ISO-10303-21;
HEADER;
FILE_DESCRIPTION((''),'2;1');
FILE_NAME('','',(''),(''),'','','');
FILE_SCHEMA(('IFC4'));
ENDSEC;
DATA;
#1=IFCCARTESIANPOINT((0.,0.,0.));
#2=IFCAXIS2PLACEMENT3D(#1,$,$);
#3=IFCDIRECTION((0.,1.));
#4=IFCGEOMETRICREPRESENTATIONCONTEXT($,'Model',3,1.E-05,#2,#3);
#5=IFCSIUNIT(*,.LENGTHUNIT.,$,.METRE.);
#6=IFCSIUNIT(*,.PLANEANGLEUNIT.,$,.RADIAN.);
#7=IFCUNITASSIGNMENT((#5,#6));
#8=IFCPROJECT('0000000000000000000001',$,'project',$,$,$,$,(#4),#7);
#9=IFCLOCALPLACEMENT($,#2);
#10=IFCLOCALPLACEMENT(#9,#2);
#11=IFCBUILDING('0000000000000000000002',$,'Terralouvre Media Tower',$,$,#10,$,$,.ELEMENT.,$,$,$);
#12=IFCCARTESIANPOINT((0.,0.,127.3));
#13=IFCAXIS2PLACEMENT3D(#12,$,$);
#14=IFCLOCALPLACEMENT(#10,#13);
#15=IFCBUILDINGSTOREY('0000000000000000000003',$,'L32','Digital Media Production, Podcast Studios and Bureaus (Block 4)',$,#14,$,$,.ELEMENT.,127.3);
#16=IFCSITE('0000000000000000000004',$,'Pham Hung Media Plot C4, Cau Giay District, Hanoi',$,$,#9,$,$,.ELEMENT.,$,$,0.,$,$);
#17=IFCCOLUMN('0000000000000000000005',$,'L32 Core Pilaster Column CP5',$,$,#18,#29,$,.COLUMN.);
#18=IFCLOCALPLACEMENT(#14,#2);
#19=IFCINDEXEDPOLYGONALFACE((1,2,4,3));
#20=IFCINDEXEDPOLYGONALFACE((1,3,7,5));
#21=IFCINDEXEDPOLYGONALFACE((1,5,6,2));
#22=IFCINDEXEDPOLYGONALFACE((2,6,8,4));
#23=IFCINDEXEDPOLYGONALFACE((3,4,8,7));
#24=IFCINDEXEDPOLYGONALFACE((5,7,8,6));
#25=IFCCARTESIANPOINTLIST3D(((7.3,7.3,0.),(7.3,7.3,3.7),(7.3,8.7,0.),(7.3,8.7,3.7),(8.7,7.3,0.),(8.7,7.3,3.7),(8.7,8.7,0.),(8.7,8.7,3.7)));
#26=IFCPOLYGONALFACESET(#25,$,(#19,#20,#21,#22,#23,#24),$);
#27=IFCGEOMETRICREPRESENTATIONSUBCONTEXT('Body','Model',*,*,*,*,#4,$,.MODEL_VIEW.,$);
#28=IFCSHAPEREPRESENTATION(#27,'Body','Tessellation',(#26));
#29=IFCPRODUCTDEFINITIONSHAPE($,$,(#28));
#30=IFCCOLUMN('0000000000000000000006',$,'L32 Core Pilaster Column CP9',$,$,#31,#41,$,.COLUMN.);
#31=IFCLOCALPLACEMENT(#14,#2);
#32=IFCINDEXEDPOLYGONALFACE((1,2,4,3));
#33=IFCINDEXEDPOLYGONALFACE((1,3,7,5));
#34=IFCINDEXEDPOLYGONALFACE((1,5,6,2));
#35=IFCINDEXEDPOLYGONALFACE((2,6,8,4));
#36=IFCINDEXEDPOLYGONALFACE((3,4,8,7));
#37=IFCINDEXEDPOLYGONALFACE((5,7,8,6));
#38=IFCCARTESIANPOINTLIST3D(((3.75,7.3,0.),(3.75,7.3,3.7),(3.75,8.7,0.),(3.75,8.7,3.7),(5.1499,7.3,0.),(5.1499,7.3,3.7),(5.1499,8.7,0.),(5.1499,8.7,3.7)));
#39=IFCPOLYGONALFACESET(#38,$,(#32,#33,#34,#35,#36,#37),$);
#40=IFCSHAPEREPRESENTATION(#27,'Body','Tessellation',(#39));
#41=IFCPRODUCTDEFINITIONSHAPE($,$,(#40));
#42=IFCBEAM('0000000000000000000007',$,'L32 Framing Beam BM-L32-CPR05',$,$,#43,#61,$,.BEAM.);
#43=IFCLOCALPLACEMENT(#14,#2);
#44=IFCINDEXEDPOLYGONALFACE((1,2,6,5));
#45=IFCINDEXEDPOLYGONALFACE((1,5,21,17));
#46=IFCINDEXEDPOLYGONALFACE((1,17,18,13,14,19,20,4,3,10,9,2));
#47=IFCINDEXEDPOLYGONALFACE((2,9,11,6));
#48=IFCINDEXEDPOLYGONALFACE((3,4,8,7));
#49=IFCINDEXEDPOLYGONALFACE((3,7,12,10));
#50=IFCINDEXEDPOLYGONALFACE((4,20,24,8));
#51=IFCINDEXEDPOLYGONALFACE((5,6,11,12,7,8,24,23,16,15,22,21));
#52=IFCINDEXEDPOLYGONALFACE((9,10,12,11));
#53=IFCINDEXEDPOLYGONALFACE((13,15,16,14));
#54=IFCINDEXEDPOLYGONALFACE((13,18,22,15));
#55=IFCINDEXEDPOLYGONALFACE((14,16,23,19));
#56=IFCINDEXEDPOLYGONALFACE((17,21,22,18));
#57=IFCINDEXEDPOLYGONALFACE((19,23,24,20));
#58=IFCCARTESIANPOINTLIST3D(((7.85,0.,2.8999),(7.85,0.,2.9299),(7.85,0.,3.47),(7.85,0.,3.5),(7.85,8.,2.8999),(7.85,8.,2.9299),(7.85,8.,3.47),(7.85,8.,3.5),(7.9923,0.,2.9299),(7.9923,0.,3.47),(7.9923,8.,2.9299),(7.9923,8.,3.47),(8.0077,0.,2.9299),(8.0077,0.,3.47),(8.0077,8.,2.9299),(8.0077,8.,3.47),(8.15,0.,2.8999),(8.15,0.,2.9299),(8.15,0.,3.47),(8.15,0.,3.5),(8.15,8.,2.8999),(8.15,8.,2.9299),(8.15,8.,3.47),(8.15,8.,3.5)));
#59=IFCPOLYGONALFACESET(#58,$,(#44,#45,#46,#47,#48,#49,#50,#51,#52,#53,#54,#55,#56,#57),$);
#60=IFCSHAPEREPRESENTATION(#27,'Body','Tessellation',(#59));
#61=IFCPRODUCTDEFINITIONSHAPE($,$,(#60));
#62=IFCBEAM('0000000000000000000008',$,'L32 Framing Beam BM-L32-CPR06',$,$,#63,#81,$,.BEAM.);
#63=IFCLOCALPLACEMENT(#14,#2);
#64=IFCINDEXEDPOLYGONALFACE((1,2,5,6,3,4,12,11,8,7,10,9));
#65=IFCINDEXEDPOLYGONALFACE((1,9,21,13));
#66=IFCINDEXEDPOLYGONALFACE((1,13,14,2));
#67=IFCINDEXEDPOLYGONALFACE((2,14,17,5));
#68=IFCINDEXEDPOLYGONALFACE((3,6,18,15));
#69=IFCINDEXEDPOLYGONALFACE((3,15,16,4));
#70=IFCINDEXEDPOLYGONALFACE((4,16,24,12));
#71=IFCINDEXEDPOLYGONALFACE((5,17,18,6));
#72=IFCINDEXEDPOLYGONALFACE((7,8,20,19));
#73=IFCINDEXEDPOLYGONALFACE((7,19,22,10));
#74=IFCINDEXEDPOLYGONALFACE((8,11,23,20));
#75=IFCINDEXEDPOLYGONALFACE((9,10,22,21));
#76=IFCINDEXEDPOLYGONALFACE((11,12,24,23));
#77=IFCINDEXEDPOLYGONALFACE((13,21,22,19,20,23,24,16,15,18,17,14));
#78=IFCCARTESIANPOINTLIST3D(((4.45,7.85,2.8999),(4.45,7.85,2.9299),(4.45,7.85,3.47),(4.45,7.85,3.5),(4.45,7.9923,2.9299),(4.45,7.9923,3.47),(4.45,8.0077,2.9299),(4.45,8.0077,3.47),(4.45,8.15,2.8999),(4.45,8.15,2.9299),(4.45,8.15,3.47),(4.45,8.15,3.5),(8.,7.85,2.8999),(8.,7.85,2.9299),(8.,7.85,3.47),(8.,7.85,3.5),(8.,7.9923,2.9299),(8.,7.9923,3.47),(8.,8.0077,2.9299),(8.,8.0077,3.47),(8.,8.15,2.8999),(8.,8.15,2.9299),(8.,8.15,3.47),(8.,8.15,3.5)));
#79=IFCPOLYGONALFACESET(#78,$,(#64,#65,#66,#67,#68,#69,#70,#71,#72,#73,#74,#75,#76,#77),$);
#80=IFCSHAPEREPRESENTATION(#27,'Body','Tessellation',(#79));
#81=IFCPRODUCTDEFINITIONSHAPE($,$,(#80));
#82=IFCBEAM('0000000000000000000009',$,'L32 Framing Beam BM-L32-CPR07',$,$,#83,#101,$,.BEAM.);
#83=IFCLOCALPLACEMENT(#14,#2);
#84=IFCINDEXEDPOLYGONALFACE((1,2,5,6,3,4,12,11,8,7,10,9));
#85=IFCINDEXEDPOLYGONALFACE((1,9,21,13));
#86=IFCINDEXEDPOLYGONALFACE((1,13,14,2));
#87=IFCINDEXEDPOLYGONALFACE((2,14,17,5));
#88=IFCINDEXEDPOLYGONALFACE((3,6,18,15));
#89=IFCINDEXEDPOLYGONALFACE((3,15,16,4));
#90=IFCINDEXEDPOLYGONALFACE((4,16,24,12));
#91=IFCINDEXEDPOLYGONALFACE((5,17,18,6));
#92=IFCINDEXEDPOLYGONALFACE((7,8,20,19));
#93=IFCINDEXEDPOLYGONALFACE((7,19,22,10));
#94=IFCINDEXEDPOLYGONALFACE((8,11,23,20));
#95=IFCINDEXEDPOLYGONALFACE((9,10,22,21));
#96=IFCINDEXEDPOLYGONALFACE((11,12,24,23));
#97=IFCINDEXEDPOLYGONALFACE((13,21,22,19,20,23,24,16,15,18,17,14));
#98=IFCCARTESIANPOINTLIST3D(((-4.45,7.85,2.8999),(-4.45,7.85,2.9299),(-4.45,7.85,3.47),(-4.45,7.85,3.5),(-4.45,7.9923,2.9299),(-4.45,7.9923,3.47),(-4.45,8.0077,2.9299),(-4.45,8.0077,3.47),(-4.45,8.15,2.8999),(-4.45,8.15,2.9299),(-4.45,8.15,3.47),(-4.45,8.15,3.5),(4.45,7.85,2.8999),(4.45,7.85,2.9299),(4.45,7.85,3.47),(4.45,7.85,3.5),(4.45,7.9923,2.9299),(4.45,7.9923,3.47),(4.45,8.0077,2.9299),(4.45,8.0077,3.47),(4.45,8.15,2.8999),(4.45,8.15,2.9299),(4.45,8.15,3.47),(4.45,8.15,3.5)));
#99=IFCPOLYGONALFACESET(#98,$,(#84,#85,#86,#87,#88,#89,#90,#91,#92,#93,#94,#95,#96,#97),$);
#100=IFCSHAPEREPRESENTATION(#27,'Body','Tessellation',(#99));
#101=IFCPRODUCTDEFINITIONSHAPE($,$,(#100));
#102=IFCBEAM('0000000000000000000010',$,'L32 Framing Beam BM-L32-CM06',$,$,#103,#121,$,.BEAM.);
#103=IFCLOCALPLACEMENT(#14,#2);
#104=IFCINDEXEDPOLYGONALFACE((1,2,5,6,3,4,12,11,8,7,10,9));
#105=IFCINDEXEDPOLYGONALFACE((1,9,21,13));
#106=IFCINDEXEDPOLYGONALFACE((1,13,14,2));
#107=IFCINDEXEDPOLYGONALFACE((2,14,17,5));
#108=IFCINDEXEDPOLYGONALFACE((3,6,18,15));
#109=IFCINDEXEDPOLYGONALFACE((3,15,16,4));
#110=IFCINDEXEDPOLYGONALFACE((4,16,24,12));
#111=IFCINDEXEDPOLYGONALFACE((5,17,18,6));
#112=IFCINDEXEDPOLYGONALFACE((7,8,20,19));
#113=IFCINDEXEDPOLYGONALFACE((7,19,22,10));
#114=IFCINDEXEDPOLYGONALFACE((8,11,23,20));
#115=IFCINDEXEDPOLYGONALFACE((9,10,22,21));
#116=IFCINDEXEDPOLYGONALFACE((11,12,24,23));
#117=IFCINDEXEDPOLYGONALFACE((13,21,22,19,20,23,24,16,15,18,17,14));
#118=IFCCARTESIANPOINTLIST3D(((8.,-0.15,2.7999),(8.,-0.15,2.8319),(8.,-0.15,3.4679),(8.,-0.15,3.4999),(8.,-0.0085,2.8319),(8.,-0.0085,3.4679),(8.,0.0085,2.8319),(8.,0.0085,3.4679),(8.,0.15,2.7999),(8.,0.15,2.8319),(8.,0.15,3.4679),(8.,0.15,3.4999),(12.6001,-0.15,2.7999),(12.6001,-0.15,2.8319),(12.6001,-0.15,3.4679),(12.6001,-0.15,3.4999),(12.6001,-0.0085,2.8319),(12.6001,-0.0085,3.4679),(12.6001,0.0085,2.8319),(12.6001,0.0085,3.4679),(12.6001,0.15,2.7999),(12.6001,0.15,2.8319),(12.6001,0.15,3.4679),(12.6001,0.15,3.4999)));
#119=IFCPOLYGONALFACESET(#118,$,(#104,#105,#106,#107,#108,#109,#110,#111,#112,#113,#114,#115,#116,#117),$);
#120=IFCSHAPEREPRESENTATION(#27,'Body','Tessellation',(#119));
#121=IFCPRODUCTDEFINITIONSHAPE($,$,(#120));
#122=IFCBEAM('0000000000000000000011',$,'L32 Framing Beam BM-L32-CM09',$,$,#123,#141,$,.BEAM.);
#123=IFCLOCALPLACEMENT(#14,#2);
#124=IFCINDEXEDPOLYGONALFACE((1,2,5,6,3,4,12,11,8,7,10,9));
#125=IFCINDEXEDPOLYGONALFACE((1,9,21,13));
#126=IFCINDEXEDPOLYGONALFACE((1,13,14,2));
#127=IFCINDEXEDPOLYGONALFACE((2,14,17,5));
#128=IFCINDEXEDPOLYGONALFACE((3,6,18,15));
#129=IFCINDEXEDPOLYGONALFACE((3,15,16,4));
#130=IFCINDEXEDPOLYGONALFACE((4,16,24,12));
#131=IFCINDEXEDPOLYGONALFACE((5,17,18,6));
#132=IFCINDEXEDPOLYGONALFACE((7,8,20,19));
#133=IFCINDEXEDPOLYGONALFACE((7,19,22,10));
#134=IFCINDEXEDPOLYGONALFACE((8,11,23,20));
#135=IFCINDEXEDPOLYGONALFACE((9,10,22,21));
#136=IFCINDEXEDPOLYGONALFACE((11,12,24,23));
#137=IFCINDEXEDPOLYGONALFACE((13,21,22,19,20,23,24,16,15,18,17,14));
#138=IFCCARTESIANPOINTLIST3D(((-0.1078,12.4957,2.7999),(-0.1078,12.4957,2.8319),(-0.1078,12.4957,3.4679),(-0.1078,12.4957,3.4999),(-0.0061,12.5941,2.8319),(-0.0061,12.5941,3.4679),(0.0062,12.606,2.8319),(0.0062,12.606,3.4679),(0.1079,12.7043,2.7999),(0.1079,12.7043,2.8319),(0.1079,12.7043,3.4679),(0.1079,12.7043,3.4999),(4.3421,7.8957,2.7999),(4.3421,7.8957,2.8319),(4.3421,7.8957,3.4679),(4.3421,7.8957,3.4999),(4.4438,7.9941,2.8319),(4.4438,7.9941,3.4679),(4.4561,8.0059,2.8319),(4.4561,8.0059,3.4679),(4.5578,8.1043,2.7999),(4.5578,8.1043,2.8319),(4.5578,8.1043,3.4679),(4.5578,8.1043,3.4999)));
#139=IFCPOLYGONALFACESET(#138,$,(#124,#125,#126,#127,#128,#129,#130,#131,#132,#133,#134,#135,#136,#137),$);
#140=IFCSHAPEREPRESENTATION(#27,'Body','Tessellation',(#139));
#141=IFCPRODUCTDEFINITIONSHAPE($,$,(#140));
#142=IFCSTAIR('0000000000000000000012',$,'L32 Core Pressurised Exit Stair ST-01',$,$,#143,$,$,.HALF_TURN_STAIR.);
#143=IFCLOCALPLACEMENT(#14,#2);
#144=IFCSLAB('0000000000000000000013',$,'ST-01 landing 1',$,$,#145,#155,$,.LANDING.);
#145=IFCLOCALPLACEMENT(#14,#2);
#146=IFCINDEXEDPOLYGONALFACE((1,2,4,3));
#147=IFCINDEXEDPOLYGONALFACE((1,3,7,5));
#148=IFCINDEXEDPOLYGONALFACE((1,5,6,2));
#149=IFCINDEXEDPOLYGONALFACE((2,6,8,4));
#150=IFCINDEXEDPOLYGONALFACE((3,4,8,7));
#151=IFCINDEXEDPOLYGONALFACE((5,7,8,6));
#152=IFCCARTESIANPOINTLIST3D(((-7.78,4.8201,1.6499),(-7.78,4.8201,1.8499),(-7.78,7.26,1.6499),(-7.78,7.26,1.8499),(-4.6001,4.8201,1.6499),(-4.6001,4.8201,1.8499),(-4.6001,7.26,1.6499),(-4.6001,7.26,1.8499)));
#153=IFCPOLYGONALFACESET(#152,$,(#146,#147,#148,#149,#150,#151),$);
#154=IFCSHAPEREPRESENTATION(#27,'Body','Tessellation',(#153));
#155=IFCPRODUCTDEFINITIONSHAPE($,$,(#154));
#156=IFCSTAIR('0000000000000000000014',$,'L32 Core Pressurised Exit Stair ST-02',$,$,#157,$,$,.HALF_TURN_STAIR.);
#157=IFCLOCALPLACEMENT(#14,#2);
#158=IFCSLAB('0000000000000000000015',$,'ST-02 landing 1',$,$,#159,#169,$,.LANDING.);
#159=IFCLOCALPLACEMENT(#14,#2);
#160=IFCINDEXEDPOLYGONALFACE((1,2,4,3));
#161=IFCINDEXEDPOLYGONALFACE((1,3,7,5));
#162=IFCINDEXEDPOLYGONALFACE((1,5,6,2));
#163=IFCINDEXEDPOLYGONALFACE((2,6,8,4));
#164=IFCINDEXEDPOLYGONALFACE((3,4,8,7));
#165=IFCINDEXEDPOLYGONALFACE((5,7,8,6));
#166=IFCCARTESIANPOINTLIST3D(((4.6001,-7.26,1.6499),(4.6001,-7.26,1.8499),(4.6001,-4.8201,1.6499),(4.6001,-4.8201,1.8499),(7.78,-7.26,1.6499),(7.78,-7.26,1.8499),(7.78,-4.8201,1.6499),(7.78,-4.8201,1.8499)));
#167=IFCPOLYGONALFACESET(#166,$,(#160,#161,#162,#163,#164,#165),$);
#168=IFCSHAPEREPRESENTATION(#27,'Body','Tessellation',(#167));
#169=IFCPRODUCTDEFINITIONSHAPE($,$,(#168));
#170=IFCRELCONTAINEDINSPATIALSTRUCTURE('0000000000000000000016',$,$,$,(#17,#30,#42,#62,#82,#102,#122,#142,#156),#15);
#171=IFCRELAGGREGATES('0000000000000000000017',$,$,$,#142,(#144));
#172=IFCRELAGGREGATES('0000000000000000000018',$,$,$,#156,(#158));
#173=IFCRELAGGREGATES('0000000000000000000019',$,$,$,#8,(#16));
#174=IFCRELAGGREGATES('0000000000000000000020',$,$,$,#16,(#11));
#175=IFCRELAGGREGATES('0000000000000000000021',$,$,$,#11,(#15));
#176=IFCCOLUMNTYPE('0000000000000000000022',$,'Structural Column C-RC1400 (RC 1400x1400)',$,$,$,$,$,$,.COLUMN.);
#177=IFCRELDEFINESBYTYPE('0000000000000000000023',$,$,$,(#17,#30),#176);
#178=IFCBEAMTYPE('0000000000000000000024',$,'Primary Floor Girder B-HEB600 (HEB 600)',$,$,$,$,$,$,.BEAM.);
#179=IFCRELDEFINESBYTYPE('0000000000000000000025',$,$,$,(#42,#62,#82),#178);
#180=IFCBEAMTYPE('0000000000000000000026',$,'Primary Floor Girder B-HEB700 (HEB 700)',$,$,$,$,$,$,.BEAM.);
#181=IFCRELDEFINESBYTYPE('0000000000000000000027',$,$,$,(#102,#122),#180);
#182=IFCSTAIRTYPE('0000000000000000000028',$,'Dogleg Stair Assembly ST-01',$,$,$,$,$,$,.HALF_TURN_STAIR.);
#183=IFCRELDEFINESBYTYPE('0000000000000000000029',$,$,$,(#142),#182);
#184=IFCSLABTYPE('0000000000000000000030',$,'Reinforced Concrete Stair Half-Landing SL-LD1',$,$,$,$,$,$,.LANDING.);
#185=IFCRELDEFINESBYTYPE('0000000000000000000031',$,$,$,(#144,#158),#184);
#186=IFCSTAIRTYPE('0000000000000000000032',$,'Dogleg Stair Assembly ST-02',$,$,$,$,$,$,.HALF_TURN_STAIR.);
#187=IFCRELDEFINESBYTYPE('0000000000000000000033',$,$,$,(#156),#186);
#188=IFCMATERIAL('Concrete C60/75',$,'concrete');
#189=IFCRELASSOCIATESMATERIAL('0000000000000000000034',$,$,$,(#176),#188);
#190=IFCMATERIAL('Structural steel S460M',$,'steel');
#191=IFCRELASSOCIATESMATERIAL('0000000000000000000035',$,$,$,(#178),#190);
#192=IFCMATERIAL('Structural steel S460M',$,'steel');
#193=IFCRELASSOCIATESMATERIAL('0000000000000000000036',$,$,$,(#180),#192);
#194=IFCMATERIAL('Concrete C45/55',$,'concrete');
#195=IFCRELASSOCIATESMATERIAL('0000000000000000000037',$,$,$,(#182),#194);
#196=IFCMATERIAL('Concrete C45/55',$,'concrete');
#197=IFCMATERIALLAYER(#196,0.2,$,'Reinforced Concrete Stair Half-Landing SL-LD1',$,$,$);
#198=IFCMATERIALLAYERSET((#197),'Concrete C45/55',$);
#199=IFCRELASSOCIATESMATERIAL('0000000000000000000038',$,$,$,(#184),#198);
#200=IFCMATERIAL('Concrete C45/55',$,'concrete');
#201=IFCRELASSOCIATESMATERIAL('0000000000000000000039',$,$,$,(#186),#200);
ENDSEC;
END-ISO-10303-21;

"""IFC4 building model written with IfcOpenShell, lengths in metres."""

from ifc_helpers import new_model, si_unit, direction, frame, origin, origin_2d, place, context, subcontext, project, spatial, polyline, rectangle, i_section, outline, extrude, material, layer, layer_set, material_profile, profile_set, type_object, element, aggregate, save


model = new_model("IFC4")

# Units and contexts
model_context = context("Model", 3, precision=1e-05, world=origin(), true_north=direction((0.0, 1.0)))
body_context = subcontext(model_context, "Body", "Model", "MODEL_VIEW")
ifc_project = project(units=[si_unit("LENGTHUNIT", "METRE"), si_unit("PLANEANGLEUNIT", "RADIAN")], contexts=[model_context])

# Site, building, storey
site_placement = place(None, origin())
site = spatial("IfcSite", under=ifc_project, at=site_placement, Name="Pham Hung Media Plot C4, Cau Giay District, Hanoi", CompositionType="ELEMENT", RefElevation=0.0)
building_placement = place(site_placement, origin())
building = spatial("IfcBuilding", under=site, at=building_placement, Name="Terralouvre Media Tower", CompositionType="ELEMENT")
storey_placement = place(building_placement, frame((0.0, 0.0, 127.3)))
storey = spatial("IfcBuildingStorey", under=building, at=storey_placement, Name="L32", Description="Digital Media Production, Podcast Studios and Bureaus (Block 4)", CompositionType="ELEMENT", Elevation=127.3)

# Columns
ifc_material_1 = material(Name="Concrete C60/75", Category="concrete")
ifc_material_profile_1 = material_profile(ifc_material_1, rectangle(XDim=1.3999, YDim=1.3999, at=origin_2d()), Name="RC 1400x1400")
ifc_profile_set_1 = profile_set([ifc_material_profile_1], Name="Concrete C60/75")
column_type = type_object("IfcColumnType", Name="Structural Column C-RC1400 (RC 1400x1400)", PredefinedType="COLUMN", material=ifc_profile_set_1)
for number, where, z_axis, x_axis, name in (
    (1, (8.0, 8.0, 0.0), (0.0, 0.0, 1.0), (1.0, 0.0, 0.0), "L32 Core Pilaster Column CP5"),
    (2, (4.45, 8.0, 0.0), (0.0, 0.0, 1.0), (1.0, 0.0, 0.0), "L32 Core Pilaster Column CP9"),
):
    element("IfcColumn", number, at=place(storey_placement, frame(where, z_axis=z_axis, x_axis=x_axis)), inside=storey, type_object=column_type, Name=name, PredefinedType="COLUMN", context=body_context, shape_type="SweptSolid", body=[
        extrude(rectangle(XDim=1.3999, YDim=1.3999, at=origin_2d()), origin(), (0.0, 0.0, 1.0), 3.7),
    ])

# Beams
ifc_material_2 = material(Name="Structural steel S460M", Category="steel")
ifc_material_profile_2 = material_profile(ifc_material_2, i_section(OverallWidth=0.3, OverallDepth=0.6001, WebThickness=0.0154, FlangeThickness=0.03, at=origin_2d()), Name="HEB 600")
ifc_profile_set_2 = profile_set([ifc_material_profile_2], Name="Structural steel S460M")
beam_type_1 = type_object("IfcBeamType", Name="Primary Floor Girder B-HEB600 (HEB 600)", PredefinedType="BEAM", material=ifc_profile_set_2)
beam_1_placement = place(storey_placement, frame((8.0, 0.0, 3.2), z_axis=(0.0, 1.0, 0.0), x_axis=(-1.0, 0.0, 0.0)))
element("IfcBeam", 3, at=beam_1_placement, inside=storey, type_object=beam_type_1, Name="L32 Framing Beam BM-L32-CPR05", PredefinedType="BEAM", context=body_context, shape_type="SweptSolid", body=[
    extrude(i_section(OverallWidth=0.3, OverallDepth=0.6001, WebThickness=0.0154, FlangeThickness=0.03, at=origin_2d()), origin(), (0.0, 0.0, 1.0), 8.0),
])
beam_2_placement = place(storey_placement, frame((8.0, 8.0, 3.2), z_axis=(-1.0, 0.0, 0.0), x_axis=(0.0, -1.0, 0.0)))
element("IfcBeam", 4, at=beam_2_placement, inside=storey, type_object=beam_type_1, Name="L32 Framing Beam BM-L32-CPR06", PredefinedType="BEAM", context=body_context, shape_type="SweptSolid", body=[
    extrude(i_section(OverallWidth=0.3, OverallDepth=0.6001, WebThickness=0.0154, FlangeThickness=0.03, at=origin_2d()), origin(), (0.0, 0.0, 1.0), 3.55),
])
beam_3_placement = place(storey_placement, frame((4.45, 8.0, 3.2), z_axis=(-1.0, 0.0, 0.0), x_axis=(0.0, -1.0, 0.0)))
element("IfcBeam", 5, at=beam_3_placement, inside=storey, type_object=beam_type_1, Name="L32 Framing Beam BM-L32-CPR07", PredefinedType="BEAM", context=body_context, shape_type="SweptSolid", body=[
    extrude(i_section(OverallWidth=0.3, OverallDepth=0.6001, WebThickness=0.0154, FlangeThickness=0.03, at=origin_2d()), origin(), (0.0, 0.0, 1.0), 8.8999),
])
ifc_material_3 = material(Name="Structural steel S460M", Category="steel")
ifc_material_profile_3 = material_profile(ifc_material_3, i_section(OverallWidth=0.3, OverallDepth=0.7, WebThickness=0.0171, FlangeThickness=0.032, at=origin_2d()), Name="HEB 700")
ifc_profile_set_3 = profile_set([ifc_material_profile_3], Name="Structural steel S460M")
beam_type_2 = type_object("IfcBeamType", Name="Primary Floor Girder B-HEB700 (HEB 700)", PredefinedType="BEAM", material=ifc_profile_set_3)
beam_4_placement = place(storey_placement, frame((8.0, 0.0, 3.1499), z_axis=(1.0, 0.0, 0.0), x_axis=(0.0, 1.0, 0.0)))
element("IfcBeam", 6, at=beam_4_placement, inside=storey, type_object=beam_type_2, Name="L32 Framing Beam BM-L32-CM06", PredefinedType="BEAM", context=body_context, shape_type="SweptSolid", body=[
    extrude(i_section(OverallWidth=0.3, OverallDepth=0.7, WebThickness=0.0171, FlangeThickness=0.032, at=origin_2d()), origin(), (0.0, 0.0, 1.0), 4.6001),
])
beam_5_placement = place(storey_placement, frame((4.45, 8.0, 3.1499), z_axis=(-0.69528, 0.718739, 0.0), x_axis=(-0.718739, -0.69528, 0.0)))
element("IfcBeam", 7, at=beam_5_placement, inside=storey, type_object=beam_type_2, Name="L32 Framing Beam BM-L32-CM09", PredefinedType="BEAM", context=body_context, shape_type="SweptSolid", body=[
    extrude(i_section(OverallWidth=0.3, OverallDepth=0.7, WebThickness=0.0171, FlangeThickness=0.032, at=origin_2d()), origin(), (0.0, 0.0, 1.0), 6.4001),
])

# Stairs, slabs
ifc_material_4 = material(Name="Concrete C45/55", Category="concrete")
stair_type_1 = type_object("IfcStairType", Name="Dogleg Stair Assembly ST-01", PredefinedType="HALF_TURN_STAIR", material=ifc_material_4)
stair_1_placement = place(storey_placement, origin())
stair_1 = element("IfcStair", 8, at=stair_1_placement, inside=storey, type_object=stair_type_1, Name="L32 Core Pressurised Exit Stair ST-01", PredefinedType="HALF_TURN_STAIR")
ifc_material_5 = material(Name="Concrete C45/55", Category="concrete")
ifc_layer_1 = layer(ifc_material_5, 0.2, Name="Reinforced Concrete Stair Half-Landing SL-LD1")
ifc_layer_set_1 = layer_set([ifc_layer_1], Name="Concrete C45/55")
slab_type = type_object("IfcSlabType", Name="Reinforced Concrete Stair Half-Landing SL-LD1", PredefinedType="LANDING", material=ifc_layer_set_1)
slab_1_placement = place(storey_placement, frame((0.0, 0.0, 1.6499)))
slab_1 = element("IfcSlab", 9, at=slab_1_placement, type_object=slab_type, Name="ST-01 landing 1", PredefinedType="LANDING", context=body_context, shape_type="SweptSolid", body=[
    extrude(outline(polyline([(-4.6001, 4.8201), (-4.6001, 7.26), (-7.78, 7.26), (-7.78, 4.8201), (-4.6001, 4.8201)])), origin(), (0.0, 0.0, 1.0), 0.2),
])
aggregate(stair_1, [slab_1])
ifc_material_6 = material(Name="Concrete C45/55", Category="concrete")
stair_type_2 = type_object("IfcStairType", Name="Dogleg Stair Assembly ST-02", PredefinedType="HALF_TURN_STAIR", material=ifc_material_6)
stair_2_placement = place(storey_placement, origin())
stair_2 = element("IfcStair", 10, at=stair_2_placement, inside=storey, type_object=stair_type_2, Name="L32 Core Pressurised Exit Stair ST-02", PredefinedType="HALF_TURN_STAIR")
slab_2_placement = place(storey_placement, frame((0.0, 0.0, 1.6499)))
slab_2 = element("IfcSlab", 11, at=slab_2_placement, type_object=slab_type, Name="ST-02 landing 1", PredefinedType="LANDING", context=body_context, shape_type="SweptSolid", body=[
    extrude(outline(polyline([(4.6001, -4.8201), (4.6001, -7.26), (7.78, -7.26), (7.78, -4.8201), (4.6001, -4.8201)])), origin(), (0.0, 0.0, 1.0), 0.2),
])
aggregate(stair_2, [slab_2])

save(model, "model.ifc")
